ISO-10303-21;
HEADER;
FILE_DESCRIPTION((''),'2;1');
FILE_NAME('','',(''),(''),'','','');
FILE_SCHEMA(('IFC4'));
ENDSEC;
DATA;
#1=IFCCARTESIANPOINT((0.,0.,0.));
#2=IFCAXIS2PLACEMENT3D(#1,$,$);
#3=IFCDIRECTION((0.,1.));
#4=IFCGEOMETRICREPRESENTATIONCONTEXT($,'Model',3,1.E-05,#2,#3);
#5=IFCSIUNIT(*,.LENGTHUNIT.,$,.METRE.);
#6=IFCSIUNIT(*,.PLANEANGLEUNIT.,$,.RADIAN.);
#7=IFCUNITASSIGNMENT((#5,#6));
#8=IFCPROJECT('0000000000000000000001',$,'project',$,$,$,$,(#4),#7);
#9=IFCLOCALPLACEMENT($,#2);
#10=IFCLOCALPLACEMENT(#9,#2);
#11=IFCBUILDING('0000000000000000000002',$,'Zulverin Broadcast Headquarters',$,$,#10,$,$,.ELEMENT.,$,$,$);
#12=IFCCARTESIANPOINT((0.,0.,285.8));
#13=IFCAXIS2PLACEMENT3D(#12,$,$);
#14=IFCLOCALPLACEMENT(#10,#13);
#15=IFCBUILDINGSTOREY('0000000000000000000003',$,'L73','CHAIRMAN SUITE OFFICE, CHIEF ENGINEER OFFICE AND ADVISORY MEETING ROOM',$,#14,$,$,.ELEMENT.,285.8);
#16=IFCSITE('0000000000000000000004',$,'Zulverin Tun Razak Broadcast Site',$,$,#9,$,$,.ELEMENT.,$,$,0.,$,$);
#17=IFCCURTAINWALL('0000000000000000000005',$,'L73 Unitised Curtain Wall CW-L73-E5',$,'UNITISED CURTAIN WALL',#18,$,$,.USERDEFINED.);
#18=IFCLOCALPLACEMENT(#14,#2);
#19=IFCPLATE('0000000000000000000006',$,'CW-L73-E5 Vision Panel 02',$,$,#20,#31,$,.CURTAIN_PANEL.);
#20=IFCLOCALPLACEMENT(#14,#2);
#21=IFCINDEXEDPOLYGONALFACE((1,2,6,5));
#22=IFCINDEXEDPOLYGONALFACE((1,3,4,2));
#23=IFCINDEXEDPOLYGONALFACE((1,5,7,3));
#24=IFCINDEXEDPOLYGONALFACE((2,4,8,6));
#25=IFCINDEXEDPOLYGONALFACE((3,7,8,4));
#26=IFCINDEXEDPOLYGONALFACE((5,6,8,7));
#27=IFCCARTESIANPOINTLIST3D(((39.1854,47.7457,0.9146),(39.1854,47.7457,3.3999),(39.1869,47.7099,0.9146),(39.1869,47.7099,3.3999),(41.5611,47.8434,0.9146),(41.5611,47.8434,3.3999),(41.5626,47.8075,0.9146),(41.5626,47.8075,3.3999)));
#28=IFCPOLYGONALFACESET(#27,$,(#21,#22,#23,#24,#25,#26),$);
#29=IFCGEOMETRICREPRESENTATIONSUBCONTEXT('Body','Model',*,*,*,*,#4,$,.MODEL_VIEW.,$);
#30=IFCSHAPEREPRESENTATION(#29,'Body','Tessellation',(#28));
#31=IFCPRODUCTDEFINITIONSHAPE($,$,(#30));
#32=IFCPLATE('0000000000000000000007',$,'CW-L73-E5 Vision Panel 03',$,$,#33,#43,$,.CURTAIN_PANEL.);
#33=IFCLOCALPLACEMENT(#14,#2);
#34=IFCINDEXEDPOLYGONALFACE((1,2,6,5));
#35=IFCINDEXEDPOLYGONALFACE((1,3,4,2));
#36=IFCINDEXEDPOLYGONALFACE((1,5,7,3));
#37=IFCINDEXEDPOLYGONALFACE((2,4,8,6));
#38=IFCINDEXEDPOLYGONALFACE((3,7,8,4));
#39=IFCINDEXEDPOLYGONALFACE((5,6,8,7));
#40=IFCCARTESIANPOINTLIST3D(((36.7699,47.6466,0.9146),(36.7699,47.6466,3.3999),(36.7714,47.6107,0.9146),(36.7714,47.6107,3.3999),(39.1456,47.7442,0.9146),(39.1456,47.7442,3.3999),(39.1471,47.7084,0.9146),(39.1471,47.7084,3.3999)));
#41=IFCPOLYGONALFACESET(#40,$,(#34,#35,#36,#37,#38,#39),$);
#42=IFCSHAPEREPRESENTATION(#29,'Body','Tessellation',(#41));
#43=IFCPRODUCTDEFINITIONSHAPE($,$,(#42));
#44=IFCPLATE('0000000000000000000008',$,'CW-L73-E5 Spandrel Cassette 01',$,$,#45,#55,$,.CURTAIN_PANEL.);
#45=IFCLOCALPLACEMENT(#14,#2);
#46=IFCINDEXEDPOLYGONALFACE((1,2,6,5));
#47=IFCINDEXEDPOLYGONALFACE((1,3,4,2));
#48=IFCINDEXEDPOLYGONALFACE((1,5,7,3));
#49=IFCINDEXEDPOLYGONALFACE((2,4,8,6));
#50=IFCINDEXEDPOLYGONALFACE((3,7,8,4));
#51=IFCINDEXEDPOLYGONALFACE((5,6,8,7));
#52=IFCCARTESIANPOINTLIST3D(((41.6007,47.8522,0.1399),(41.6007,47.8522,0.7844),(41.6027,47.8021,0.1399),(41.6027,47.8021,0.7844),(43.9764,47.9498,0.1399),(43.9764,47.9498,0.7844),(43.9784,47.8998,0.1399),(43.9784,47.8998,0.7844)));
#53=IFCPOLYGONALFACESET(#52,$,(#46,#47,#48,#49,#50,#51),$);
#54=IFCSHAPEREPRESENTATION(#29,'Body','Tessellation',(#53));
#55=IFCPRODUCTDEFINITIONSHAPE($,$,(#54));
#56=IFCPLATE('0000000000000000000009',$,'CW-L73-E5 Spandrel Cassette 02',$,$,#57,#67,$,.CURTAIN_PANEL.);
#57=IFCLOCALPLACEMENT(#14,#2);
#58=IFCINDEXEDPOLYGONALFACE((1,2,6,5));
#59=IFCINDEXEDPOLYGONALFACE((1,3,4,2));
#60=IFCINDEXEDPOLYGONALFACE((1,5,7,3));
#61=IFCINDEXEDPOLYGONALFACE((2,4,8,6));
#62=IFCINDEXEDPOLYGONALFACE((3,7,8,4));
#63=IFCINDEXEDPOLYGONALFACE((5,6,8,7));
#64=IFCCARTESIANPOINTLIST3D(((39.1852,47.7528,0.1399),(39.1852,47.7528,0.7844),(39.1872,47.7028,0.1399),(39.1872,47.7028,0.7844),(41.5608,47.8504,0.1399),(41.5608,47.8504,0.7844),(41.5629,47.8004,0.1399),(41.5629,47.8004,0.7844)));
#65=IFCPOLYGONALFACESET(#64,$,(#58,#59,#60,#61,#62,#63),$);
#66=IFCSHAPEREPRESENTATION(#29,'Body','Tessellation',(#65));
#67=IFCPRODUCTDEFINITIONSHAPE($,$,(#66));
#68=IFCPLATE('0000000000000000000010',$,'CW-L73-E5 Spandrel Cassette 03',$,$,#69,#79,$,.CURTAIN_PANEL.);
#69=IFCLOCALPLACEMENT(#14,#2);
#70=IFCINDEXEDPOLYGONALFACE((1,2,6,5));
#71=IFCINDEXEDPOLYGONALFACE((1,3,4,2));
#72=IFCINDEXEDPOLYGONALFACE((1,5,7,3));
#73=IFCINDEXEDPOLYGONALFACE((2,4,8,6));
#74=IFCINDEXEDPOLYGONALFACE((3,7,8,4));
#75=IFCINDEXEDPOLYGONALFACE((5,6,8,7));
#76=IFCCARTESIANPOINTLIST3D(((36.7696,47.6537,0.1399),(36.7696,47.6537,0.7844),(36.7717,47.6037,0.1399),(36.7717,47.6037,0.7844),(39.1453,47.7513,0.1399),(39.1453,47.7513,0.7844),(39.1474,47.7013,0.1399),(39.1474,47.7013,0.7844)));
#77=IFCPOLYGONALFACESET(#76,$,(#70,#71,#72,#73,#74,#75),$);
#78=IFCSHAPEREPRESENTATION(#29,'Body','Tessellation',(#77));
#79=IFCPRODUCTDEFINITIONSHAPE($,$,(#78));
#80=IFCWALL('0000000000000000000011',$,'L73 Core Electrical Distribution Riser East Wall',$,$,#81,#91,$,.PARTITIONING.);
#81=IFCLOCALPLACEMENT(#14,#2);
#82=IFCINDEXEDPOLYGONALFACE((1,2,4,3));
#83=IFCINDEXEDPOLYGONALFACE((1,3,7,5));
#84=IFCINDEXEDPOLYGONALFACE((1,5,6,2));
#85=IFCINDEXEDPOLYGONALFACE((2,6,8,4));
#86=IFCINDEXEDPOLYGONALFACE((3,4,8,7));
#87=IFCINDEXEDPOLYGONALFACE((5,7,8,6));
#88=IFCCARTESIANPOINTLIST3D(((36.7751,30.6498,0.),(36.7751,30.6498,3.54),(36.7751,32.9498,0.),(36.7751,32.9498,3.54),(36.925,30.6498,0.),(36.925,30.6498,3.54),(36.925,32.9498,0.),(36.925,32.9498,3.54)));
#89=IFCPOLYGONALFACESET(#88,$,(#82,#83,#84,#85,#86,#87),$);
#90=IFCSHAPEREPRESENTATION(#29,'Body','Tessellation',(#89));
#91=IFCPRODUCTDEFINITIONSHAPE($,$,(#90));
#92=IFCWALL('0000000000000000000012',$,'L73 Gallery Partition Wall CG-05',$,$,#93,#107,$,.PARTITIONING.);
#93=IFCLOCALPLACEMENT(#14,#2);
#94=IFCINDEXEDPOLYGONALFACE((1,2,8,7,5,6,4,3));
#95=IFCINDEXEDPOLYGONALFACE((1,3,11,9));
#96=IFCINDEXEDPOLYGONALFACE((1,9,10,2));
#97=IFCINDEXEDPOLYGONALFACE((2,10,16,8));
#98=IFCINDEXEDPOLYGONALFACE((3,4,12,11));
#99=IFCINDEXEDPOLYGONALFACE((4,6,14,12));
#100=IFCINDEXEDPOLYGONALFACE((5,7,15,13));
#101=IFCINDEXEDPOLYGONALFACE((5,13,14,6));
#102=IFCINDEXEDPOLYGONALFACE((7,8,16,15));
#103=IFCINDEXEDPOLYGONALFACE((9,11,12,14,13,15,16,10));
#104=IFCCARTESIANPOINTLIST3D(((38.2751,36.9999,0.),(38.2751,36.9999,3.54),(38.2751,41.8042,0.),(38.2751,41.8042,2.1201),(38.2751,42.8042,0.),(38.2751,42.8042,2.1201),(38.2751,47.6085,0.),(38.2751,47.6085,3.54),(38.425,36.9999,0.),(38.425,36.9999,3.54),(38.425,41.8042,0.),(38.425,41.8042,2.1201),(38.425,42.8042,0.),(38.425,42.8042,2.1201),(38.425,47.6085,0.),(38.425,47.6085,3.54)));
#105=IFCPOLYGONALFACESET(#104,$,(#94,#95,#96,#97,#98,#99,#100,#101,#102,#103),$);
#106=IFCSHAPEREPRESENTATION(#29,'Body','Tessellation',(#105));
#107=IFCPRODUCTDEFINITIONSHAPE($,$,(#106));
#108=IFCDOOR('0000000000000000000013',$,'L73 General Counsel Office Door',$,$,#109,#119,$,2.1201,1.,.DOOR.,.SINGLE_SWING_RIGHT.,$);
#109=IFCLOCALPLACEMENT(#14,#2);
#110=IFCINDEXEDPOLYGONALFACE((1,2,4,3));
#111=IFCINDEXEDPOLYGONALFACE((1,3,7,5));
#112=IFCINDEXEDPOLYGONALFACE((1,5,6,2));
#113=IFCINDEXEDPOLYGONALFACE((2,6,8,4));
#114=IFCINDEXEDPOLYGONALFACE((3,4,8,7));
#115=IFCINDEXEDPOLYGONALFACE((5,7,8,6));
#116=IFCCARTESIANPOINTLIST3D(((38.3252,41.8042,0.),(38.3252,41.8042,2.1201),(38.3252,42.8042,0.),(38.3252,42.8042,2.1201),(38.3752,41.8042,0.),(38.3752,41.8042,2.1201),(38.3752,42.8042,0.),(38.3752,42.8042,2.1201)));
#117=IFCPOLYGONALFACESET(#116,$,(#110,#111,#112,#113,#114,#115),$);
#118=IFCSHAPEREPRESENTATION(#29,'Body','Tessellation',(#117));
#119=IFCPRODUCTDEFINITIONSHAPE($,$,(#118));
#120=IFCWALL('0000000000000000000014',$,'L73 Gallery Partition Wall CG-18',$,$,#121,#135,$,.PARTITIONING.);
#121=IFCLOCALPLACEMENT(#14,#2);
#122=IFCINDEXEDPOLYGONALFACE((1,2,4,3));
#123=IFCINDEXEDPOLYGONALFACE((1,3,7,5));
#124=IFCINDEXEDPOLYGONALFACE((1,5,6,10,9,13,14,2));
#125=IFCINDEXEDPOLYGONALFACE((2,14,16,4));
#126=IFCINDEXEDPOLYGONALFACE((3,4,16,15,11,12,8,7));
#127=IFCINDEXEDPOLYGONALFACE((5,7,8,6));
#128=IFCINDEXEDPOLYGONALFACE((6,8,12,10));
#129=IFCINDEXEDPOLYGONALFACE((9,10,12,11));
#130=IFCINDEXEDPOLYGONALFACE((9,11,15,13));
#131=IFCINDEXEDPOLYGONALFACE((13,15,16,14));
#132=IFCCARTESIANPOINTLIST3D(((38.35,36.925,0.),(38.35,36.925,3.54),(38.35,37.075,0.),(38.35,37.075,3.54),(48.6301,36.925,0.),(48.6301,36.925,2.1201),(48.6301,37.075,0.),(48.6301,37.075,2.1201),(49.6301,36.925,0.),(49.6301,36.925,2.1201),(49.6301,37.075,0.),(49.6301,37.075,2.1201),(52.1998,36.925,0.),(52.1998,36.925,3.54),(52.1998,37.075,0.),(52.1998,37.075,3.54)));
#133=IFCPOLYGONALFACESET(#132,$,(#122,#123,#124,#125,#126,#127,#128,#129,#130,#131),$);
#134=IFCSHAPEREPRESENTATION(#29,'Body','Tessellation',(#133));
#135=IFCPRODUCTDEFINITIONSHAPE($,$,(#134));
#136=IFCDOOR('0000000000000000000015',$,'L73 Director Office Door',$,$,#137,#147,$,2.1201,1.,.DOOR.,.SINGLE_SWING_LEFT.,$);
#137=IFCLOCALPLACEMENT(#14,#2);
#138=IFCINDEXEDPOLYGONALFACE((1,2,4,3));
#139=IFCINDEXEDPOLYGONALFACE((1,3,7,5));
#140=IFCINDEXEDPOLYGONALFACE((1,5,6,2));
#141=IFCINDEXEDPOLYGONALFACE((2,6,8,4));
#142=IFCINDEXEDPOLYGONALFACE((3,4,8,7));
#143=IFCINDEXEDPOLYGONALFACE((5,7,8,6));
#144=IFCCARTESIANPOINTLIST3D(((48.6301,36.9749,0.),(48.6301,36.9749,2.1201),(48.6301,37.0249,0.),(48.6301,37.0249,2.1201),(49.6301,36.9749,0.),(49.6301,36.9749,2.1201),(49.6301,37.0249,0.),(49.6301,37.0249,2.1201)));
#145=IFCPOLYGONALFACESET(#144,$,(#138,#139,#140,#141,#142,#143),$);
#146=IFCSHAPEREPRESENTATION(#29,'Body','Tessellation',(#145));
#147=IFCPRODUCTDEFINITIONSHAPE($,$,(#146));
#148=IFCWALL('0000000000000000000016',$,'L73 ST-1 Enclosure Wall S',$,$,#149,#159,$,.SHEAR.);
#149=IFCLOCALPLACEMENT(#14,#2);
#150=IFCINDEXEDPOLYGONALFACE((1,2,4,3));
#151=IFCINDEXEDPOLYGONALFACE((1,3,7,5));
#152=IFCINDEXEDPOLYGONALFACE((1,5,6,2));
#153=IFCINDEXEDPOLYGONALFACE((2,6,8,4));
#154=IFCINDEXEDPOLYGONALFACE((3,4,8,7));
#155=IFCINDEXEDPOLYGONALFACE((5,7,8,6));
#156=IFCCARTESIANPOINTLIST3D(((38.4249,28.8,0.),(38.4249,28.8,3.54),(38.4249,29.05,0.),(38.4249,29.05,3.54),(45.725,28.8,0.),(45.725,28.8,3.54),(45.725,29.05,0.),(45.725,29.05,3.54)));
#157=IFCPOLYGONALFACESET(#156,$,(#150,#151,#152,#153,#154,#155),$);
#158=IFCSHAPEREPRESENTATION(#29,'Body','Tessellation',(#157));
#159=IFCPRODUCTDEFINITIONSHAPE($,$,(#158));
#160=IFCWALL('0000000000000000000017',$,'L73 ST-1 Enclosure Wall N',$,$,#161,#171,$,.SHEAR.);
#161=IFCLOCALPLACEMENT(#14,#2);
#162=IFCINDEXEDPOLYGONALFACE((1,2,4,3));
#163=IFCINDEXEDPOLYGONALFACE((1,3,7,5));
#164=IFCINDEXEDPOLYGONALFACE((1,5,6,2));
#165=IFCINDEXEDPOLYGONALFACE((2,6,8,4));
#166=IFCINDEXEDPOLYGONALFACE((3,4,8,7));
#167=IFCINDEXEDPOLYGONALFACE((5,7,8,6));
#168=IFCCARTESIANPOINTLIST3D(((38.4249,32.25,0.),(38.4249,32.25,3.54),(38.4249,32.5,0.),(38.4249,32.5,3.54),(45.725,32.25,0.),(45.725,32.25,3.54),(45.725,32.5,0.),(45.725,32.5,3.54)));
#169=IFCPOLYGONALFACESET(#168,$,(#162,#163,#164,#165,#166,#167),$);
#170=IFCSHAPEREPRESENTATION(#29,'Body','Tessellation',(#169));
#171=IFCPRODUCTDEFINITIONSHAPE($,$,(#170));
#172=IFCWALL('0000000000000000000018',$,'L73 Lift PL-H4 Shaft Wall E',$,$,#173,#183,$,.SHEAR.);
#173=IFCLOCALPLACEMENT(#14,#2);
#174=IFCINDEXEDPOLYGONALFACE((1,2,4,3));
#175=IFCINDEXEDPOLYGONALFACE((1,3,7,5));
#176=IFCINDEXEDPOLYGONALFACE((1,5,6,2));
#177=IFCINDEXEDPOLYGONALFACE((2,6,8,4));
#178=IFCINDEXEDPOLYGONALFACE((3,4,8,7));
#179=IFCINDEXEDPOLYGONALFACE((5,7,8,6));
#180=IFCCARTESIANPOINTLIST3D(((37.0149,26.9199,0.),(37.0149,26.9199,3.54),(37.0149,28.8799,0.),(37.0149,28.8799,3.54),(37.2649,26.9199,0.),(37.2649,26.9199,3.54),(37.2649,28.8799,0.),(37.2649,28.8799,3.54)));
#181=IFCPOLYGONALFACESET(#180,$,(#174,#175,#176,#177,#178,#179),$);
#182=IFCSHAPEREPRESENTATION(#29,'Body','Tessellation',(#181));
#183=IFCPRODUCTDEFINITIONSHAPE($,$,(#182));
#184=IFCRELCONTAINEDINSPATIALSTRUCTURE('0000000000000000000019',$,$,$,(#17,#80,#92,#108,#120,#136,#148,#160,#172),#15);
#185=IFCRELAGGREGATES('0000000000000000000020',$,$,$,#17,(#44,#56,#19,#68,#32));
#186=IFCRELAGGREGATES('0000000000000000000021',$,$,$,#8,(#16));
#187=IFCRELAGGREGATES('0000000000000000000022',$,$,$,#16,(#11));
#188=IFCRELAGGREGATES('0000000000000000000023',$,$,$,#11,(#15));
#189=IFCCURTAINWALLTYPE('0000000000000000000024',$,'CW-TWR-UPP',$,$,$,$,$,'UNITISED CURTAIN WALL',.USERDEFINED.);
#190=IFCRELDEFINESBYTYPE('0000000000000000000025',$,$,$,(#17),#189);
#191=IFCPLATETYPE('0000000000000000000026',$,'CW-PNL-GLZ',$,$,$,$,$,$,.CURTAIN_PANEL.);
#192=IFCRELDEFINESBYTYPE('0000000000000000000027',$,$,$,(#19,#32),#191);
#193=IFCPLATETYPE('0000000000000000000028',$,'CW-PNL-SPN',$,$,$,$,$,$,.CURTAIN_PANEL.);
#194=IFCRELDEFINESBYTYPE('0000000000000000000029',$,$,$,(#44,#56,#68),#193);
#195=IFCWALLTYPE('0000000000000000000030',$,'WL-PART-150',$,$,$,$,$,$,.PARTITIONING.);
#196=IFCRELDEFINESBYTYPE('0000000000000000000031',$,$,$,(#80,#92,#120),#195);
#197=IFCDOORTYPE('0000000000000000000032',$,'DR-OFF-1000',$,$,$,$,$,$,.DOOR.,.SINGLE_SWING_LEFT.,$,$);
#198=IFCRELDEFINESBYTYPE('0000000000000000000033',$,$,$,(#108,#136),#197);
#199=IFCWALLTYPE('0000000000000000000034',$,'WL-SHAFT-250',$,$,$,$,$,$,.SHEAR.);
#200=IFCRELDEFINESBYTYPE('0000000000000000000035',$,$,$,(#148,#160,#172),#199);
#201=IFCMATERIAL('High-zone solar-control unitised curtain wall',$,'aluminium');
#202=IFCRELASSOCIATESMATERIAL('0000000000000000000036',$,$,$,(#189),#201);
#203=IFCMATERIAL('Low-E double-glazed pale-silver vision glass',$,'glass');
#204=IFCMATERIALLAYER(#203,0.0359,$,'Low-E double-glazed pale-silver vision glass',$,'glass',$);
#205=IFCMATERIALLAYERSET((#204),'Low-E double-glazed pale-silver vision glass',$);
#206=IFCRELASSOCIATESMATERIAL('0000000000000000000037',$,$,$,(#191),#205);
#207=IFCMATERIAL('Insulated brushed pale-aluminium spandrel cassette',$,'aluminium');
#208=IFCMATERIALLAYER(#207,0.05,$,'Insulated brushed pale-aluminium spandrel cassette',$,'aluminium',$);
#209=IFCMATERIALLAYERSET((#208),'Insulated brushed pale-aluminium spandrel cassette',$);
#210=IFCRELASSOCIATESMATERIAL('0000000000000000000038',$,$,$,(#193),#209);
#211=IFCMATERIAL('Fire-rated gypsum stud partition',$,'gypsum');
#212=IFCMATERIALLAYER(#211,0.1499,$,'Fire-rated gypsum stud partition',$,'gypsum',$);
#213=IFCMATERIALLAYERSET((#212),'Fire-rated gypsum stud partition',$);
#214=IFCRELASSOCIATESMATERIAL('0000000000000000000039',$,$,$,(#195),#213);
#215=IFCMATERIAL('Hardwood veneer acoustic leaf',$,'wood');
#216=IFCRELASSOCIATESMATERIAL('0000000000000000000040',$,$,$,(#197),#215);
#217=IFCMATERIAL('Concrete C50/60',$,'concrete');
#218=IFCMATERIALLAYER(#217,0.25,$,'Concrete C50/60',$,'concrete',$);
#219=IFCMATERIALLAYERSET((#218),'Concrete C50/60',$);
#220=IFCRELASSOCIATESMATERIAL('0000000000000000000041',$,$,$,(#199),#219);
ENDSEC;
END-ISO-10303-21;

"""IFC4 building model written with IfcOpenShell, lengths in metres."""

from ifc_helpers import new_model, si_unit, direction, frame, frame_2d, origin, origin_2d, place, context, subcontext, project, spatial, rectangle, extrude, material, layer, layer_set, type_object, element, fill, aggregate, save


model = new_model("IFC4")

# Units and contexts
model_context = context("Model", 3, precision=1e-05, world=origin(), true_north=direction((0.0, 1.0)))
body_context = subcontext(model_context, "Body", "Model", "MODEL_VIEW")
ifc_project = project(units=[si_unit("LENGTHUNIT", "METRE"), si_unit("PLANEANGLEUNIT", "RADIAN")], contexts=[model_context])

# Site, building, storey
site_placement = place(None, origin())
site = spatial("IfcSite", under=ifc_project, at=site_placement, Name="Zulverin Tun Razak Broadcast Site", CompositionType="ELEMENT", RefElevation=0.0)
building_placement = place(site_placement, origin())
building = spatial("IfcBuilding", under=site, at=building_placement, Name="Zulverin Broadcast Headquarters", CompositionType="ELEMENT")
storey_placement = place(building_placement, frame((0.0, 0.0, 285.8)))
storey = spatial("IfcBuildingStorey", under=building, at=storey_placement, Name="L73", Description="CHAIRMAN SUITE OFFICE, CHIEF ENGINEER OFFICE AND ADVISORY MEETING ROOM", CompositionType="ELEMENT", Elevation=285.8)

# Shared definitions
ifc_material_1 = material(Name="Concrete C50/60", Category="concrete")

# Curtain wall, plates
ifc_material_2 = material(Name="High-zone solar-control unitised curtain wall", Category="aluminium")
curtain_wall_type = type_object("IfcCurtainWallType", Name="CW-TWR-UPP", ElementType="UNITISED CURTAIN WALL", PredefinedType="USERDEFINED", material=ifc_material_2)
curtain_wall_placement = place(storey_placement, origin())
curtain_wall = element("IfcCurtainWall", 1, at=curtain_wall_placement, inside=storey, type_object=curtain_wall_type, Name="L73 Unitised Curtain Wall CW-L73-E5", ObjectType="UNITISED CURTAIN WALL", PredefinedType="USERDEFINED")
ifc_material_3 = material(Name="Low-E double-glazed pale-silver vision glass", Category="glass")
ifc_layer_1 = layer(ifc_material_3, 0.0359, Name="Low-E double-glazed pale-silver vision glass", Category="glass")
ifc_layer_set_1 = layer_set([ifc_layer_1], Name="Low-E double-glazed pale-silver vision glass")
plate_type_1 = type_object("IfcPlateType", Name="CW-PNL-GLZ", PredefinedType="CURTAIN_PANEL", material=ifc_layer_set_1)
plate_1_placement = place(storey_placement, frame((40.374, 47.7766, 0.9146), z_axis=(0.0, 0.0, 1.0), x_axis=(-0.999156, -0.041068, 0.0)))
plate_1 = element("IfcPlate", 2, at=plate_1_placement, type_object=plate_type_1, Name="CW-L73-E5 Vision Panel 02", PredefinedType="CURTAIN_PANEL", context=body_context, shape_type="SweptSolid", body=[
    extrude(rectangle(XDim=2.3777, YDim=0.0359, at=origin_2d()), origin(), (0.0, 0.0, 1.0), 2.4854),
])
plate_2_placement = place(storey_placement, frame((37.9585, 47.6775, 0.9146), z_axis=(0.0, 0.0, 1.0), x_axis=(-0.999156, -0.041068, 0.0)))
plate_2 = element("IfcPlate", 3, at=plate_2_placement, type_object=plate_type_1, Name="CW-L73-E5 Vision Panel 03", PredefinedType="CURTAIN_PANEL", context=body_context, shape_type="SweptSolid", body=[
    extrude(rectangle(XDim=2.3777, YDim=0.0359, at=origin_2d()), origin(), (0.0, 0.0, 1.0), 2.4854),
])
ifc_material_4 = material(Name="Insulated brushed pale-aluminium spandrel cassette", Category="aluminium")
ifc_layer_2 = layer(ifc_material_4, 0.05, Name="Insulated brushed pale-aluminium spandrel cassette", Category="aluminium")
ifc_layer_set_2 = layer_set([ifc_layer_2], Name="Insulated brushed pale-aluminium spandrel cassette")
plate_type_2 = type_object("IfcPlateType", Name="CW-PNL-SPN", PredefinedType="CURTAIN_PANEL", material=ifc_layer_set_2)
plate_3_placement = place(storey_placement, frame((42.7896, 47.876, 0.1399), z_axis=(0.0, 0.0, 1.0), x_axis=(-0.999156, -0.041068, 0.0)))
plate_3 = element("IfcPlate", 4, at=plate_3_placement, type_object=plate_type_2, Name="CW-L73-E5 Spandrel Cassette 01", PredefinedType="CURTAIN_PANEL", context=body_context, shape_type="SweptSolid", body=[
    extrude(rectangle(XDim=2.3777, YDim=0.05, at=origin_2d()), origin(), (0.0, 0.0, 1.0), 0.6445),
])
plate_4_placement = place(storey_placement, frame((40.374, 47.7766, 0.1399), z_axis=(0.0, 0.0, 1.0), x_axis=(-0.999156, -0.041068, 0.0)))
plate_4 = element("IfcPlate", 5, at=plate_4_placement, type_object=plate_type_2, Name="CW-L73-E5 Spandrel Cassette 02", PredefinedType="CURTAIN_PANEL", context=body_context, shape_type="SweptSolid", body=[
    extrude(rectangle(XDim=2.3777, YDim=0.05, at=origin_2d()), origin(), (0.0, 0.0, 1.0), 0.6445),
])
plate_5_placement = place(storey_placement, frame((37.9585, 47.6775, 0.1399), z_axis=(0.0, 0.0, 1.0), x_axis=(-0.999156, -0.041068, 0.0)))
plate_5 = element("IfcPlate", 6, at=plate_5_placement, type_object=plate_type_2, Name="CW-L73-E5 Spandrel Cassette 03", PredefinedType="CURTAIN_PANEL", context=body_context, shape_type="SweptSolid", body=[
    extrude(rectangle(XDim=2.3777, YDim=0.05, at=origin_2d()), origin(), (0.0, 0.0, 1.0), 0.6445),
])
aggregate(curtain_wall, [plate_3, plate_4, plate_1, plate_5, plate_2])

# Wall
ifc_material_5 = material(Name="Fire-rated gypsum stud partition", Category="gypsum")
ifc_layer_3 = layer(ifc_material_5, 0.1499, Name="Fire-rated gypsum stud partition", Category="gypsum")
ifc_layer_set_3 = layer_set([ifc_layer_3], Name="Fire-rated gypsum stud partition")
wall_type_1 = type_object("IfcWallType", Name="WL-PART-150", PredefinedType="PARTITIONING", material=ifc_layer_set_3)
wall_1_placement = place(storey_placement, frame((36.8501, 30.6499, 0.0), z_axis=(0.0, 0.0, 1.0), x_axis=(0.0, 1.0, 0.0)))
element("IfcWall", 7, at=wall_1_placement, inside=storey, type_object=wall_type_1, Name="L73 Core Electrical Distribution Riser East Wall", PredefinedType="PARTITIONING", context=body_context, shape_type="SweptSolid", body=[
    extrude(rectangle(XDim=2.3, YDim=0.1499, at=frame_2d((1.1499, 0.0))), origin(), (0.0, 0.0, 1.0), 3.54),
])

# Walls, openings, doors
wall_2_placement = place(storey_placement, frame((38.3501, 37.0, 0.0), z_axis=(0.0, 0.0, 1.0), x_axis=(0.0, 1.0, 0.0)))
wall_2 = element("IfcWall", 8, at=wall_2_placement, inside=storey, type_object=wall_type_1, Name="L73 Gallery Partition Wall CG-05", PredefinedType="PARTITIONING", context=body_context, shape_type="SweptSolid", body=[
    extrude(rectangle(XDim=10.6086, YDim=0.1499, at=frame_2d((5.3042, 0.0))), origin(), (0.0, 0.0, 1.0), 3.54),
])
opening_1_placement = place(wall_2_placement, frame((4.8042, 0.0, 0.0)))
opening_1 = element("IfcOpeningElement", 9, at=opening_1_placement, cuts=wall_2, PredefinedType="OPENING", context=body_context, shape_type="SweptSolid", body=[
    extrude(rectangle(XDim=1.0, YDim=2.1201, at=frame_2d((0.5, 1.0601))), frame((0.0, 0.085, 0.0), z_axis=(0.0, -1.0, 0.0), x_axis=(1.0, 0.0, 0.0)), (0.0, 0.0, 1.0), 0.1699),
])
ifc_material_6 = material(Name="Hardwood veneer acoustic leaf", Category="wood")
door_type_1 = type_object("IfcDoorType", Name="DR-OFF-1000", OperationType="SINGLE_SWING_LEFT", PredefinedType="DOOR", material=ifc_material_6)
door_1_placement = place(opening_1_placement, origin())
door_1 = element("IfcDoor", 10, at=door_1_placement, inside=storey, type_object=door_type_1, Name="L73 General Counsel Office Door", OperationType="SINGLE_SWING_RIGHT", OverallHeight=2.1201, OverallWidth=1.0, PredefinedType="DOOR", context=body_context, shape_type="SweptSolid", body=[
    extrude(rectangle(XDim=1.0, YDim=2.1201, at=frame_2d((0.5, 1.0601))), frame((0.0, 0.0249, 0.0), z_axis=(0.0, -1.0, 0.0), x_axis=(1.0, 0.0, 0.0)), (0.0, 0.0, 1.0), 0.05),
])
fill(opening_1, door_1)
wall_3_placement = place(storey_placement, frame((38.3501, 37.0, 0.0), z_axis=(0.0, 0.0, 1.0), x_axis=(1.0, 0.0, 0.0)))
wall_3 = element("IfcWall", 11, at=wall_3_placement, inside=storey, type_object=wall_type_1, Name="L73 Gallery Partition Wall CG-18", PredefinedType="PARTITIONING", context=body_context, shape_type="SweptSolid", body=[
    extrude(rectangle(XDim=13.8499, YDim=0.1499, at=frame_2d((6.9248, 0.0))), origin(), (0.0, 0.0, 1.0), 3.54),
])
opening_2_placement = place(wall_3_placement, frame((10.28, 0.0, 0.0)))
opening_2 = element("IfcOpeningElement", 12, at=opening_2_placement, cuts=wall_3, PredefinedType="OPENING", context=body_context, shape_type="SweptSolid", body=[
    extrude(rectangle(XDim=1.0, YDim=2.1201, at=frame_2d((0.5, 1.0601))), frame((0.0, 0.085, 0.0), z_axis=(0.0, -1.0, 0.0), x_axis=(1.0, 0.0, 0.0)), (0.0, 0.0, 1.0), 0.1699),
])
door_2_placement = place(opening_2_placement, origin())
door_2 = element("IfcDoor", 13, at=door_2_placement, inside=storey, type_object=door_type_1, Name="L73 Director Office Door", OperationType="SINGLE_SWING_LEFT", OverallHeight=2.1201, OverallWidth=1.0, PredefinedType="DOOR", context=body_context, shape_type="SweptSolid", body=[
    extrude(rectangle(XDim=1.0, YDim=2.1201, at=frame_2d((0.5, 1.0601))), frame((0.0, 0.0249, 0.0), z_axis=(0.0, -1.0, 0.0), x_axis=(1.0, 0.0, 0.0)), (0.0, 0.0, 1.0), 0.05),
])
fill(opening_2, door_2)

# Walls
ifc_layer_4 = layer(ifc_material_1, 0.25, Name="Concrete C50/60", Category="concrete")
ifc_layer_set_4 = layer_set([ifc_layer_4], Name="Concrete C50/60")
wall_type_2 = type_object("IfcWallType", Name="WL-SHAFT-250", PredefinedType="SHEAR", material=ifc_layer_set_4)
for number, where, z_axis, x_axis, name in (
    (14, (38.425, 28.925, 0.0), (0.0, 0.0, 1.0), (1.0, 0.0, 0.0), "L73 ST-1 Enclosure Wall S"),
    (15, (38.425, 32.375, 0.0), (0.0, 0.0, 1.0), (1.0, 0.0, 0.0), "L73 ST-1 Enclosure Wall N"),
):
    element("IfcWall", number, at=place(storey_placement, frame(where, z_axis=z_axis, x_axis=x_axis)), inside=storey, type_object=wall_type_2, Name=name, PredefinedType="SHEAR", context=body_context, shape_type="SweptSolid", body=[
        extrude(rectangle(XDim=7.3, YDim=0.25, at=frame_2d((3.6499, 0.0))), origin(), (0.0, 0.0, 1.0), 3.54),
    ])

# Wall
wall_4_placement = place(storey_placement, frame((37.1399, 26.9199, 0.0), z_axis=(0.0, 0.0, 1.0), x_axis=(0.0, 1.0, 0.0)))
element("IfcWall", 16, at=wall_4_placement, inside=storey, type_object=wall_type_2, Name="L73 Lift PL-H4 Shaft Wall E", PredefinedType="SHEAR", context=body_context, shape_type="SweptSolid", body=[
    extrude(rectangle(XDim=1.96, YDim=0.25, at=frame_2d((0.98, 0.0))), origin(), (0.0, 0.0, 1.0), 3.54),
])

save(model, "model.ifc")
